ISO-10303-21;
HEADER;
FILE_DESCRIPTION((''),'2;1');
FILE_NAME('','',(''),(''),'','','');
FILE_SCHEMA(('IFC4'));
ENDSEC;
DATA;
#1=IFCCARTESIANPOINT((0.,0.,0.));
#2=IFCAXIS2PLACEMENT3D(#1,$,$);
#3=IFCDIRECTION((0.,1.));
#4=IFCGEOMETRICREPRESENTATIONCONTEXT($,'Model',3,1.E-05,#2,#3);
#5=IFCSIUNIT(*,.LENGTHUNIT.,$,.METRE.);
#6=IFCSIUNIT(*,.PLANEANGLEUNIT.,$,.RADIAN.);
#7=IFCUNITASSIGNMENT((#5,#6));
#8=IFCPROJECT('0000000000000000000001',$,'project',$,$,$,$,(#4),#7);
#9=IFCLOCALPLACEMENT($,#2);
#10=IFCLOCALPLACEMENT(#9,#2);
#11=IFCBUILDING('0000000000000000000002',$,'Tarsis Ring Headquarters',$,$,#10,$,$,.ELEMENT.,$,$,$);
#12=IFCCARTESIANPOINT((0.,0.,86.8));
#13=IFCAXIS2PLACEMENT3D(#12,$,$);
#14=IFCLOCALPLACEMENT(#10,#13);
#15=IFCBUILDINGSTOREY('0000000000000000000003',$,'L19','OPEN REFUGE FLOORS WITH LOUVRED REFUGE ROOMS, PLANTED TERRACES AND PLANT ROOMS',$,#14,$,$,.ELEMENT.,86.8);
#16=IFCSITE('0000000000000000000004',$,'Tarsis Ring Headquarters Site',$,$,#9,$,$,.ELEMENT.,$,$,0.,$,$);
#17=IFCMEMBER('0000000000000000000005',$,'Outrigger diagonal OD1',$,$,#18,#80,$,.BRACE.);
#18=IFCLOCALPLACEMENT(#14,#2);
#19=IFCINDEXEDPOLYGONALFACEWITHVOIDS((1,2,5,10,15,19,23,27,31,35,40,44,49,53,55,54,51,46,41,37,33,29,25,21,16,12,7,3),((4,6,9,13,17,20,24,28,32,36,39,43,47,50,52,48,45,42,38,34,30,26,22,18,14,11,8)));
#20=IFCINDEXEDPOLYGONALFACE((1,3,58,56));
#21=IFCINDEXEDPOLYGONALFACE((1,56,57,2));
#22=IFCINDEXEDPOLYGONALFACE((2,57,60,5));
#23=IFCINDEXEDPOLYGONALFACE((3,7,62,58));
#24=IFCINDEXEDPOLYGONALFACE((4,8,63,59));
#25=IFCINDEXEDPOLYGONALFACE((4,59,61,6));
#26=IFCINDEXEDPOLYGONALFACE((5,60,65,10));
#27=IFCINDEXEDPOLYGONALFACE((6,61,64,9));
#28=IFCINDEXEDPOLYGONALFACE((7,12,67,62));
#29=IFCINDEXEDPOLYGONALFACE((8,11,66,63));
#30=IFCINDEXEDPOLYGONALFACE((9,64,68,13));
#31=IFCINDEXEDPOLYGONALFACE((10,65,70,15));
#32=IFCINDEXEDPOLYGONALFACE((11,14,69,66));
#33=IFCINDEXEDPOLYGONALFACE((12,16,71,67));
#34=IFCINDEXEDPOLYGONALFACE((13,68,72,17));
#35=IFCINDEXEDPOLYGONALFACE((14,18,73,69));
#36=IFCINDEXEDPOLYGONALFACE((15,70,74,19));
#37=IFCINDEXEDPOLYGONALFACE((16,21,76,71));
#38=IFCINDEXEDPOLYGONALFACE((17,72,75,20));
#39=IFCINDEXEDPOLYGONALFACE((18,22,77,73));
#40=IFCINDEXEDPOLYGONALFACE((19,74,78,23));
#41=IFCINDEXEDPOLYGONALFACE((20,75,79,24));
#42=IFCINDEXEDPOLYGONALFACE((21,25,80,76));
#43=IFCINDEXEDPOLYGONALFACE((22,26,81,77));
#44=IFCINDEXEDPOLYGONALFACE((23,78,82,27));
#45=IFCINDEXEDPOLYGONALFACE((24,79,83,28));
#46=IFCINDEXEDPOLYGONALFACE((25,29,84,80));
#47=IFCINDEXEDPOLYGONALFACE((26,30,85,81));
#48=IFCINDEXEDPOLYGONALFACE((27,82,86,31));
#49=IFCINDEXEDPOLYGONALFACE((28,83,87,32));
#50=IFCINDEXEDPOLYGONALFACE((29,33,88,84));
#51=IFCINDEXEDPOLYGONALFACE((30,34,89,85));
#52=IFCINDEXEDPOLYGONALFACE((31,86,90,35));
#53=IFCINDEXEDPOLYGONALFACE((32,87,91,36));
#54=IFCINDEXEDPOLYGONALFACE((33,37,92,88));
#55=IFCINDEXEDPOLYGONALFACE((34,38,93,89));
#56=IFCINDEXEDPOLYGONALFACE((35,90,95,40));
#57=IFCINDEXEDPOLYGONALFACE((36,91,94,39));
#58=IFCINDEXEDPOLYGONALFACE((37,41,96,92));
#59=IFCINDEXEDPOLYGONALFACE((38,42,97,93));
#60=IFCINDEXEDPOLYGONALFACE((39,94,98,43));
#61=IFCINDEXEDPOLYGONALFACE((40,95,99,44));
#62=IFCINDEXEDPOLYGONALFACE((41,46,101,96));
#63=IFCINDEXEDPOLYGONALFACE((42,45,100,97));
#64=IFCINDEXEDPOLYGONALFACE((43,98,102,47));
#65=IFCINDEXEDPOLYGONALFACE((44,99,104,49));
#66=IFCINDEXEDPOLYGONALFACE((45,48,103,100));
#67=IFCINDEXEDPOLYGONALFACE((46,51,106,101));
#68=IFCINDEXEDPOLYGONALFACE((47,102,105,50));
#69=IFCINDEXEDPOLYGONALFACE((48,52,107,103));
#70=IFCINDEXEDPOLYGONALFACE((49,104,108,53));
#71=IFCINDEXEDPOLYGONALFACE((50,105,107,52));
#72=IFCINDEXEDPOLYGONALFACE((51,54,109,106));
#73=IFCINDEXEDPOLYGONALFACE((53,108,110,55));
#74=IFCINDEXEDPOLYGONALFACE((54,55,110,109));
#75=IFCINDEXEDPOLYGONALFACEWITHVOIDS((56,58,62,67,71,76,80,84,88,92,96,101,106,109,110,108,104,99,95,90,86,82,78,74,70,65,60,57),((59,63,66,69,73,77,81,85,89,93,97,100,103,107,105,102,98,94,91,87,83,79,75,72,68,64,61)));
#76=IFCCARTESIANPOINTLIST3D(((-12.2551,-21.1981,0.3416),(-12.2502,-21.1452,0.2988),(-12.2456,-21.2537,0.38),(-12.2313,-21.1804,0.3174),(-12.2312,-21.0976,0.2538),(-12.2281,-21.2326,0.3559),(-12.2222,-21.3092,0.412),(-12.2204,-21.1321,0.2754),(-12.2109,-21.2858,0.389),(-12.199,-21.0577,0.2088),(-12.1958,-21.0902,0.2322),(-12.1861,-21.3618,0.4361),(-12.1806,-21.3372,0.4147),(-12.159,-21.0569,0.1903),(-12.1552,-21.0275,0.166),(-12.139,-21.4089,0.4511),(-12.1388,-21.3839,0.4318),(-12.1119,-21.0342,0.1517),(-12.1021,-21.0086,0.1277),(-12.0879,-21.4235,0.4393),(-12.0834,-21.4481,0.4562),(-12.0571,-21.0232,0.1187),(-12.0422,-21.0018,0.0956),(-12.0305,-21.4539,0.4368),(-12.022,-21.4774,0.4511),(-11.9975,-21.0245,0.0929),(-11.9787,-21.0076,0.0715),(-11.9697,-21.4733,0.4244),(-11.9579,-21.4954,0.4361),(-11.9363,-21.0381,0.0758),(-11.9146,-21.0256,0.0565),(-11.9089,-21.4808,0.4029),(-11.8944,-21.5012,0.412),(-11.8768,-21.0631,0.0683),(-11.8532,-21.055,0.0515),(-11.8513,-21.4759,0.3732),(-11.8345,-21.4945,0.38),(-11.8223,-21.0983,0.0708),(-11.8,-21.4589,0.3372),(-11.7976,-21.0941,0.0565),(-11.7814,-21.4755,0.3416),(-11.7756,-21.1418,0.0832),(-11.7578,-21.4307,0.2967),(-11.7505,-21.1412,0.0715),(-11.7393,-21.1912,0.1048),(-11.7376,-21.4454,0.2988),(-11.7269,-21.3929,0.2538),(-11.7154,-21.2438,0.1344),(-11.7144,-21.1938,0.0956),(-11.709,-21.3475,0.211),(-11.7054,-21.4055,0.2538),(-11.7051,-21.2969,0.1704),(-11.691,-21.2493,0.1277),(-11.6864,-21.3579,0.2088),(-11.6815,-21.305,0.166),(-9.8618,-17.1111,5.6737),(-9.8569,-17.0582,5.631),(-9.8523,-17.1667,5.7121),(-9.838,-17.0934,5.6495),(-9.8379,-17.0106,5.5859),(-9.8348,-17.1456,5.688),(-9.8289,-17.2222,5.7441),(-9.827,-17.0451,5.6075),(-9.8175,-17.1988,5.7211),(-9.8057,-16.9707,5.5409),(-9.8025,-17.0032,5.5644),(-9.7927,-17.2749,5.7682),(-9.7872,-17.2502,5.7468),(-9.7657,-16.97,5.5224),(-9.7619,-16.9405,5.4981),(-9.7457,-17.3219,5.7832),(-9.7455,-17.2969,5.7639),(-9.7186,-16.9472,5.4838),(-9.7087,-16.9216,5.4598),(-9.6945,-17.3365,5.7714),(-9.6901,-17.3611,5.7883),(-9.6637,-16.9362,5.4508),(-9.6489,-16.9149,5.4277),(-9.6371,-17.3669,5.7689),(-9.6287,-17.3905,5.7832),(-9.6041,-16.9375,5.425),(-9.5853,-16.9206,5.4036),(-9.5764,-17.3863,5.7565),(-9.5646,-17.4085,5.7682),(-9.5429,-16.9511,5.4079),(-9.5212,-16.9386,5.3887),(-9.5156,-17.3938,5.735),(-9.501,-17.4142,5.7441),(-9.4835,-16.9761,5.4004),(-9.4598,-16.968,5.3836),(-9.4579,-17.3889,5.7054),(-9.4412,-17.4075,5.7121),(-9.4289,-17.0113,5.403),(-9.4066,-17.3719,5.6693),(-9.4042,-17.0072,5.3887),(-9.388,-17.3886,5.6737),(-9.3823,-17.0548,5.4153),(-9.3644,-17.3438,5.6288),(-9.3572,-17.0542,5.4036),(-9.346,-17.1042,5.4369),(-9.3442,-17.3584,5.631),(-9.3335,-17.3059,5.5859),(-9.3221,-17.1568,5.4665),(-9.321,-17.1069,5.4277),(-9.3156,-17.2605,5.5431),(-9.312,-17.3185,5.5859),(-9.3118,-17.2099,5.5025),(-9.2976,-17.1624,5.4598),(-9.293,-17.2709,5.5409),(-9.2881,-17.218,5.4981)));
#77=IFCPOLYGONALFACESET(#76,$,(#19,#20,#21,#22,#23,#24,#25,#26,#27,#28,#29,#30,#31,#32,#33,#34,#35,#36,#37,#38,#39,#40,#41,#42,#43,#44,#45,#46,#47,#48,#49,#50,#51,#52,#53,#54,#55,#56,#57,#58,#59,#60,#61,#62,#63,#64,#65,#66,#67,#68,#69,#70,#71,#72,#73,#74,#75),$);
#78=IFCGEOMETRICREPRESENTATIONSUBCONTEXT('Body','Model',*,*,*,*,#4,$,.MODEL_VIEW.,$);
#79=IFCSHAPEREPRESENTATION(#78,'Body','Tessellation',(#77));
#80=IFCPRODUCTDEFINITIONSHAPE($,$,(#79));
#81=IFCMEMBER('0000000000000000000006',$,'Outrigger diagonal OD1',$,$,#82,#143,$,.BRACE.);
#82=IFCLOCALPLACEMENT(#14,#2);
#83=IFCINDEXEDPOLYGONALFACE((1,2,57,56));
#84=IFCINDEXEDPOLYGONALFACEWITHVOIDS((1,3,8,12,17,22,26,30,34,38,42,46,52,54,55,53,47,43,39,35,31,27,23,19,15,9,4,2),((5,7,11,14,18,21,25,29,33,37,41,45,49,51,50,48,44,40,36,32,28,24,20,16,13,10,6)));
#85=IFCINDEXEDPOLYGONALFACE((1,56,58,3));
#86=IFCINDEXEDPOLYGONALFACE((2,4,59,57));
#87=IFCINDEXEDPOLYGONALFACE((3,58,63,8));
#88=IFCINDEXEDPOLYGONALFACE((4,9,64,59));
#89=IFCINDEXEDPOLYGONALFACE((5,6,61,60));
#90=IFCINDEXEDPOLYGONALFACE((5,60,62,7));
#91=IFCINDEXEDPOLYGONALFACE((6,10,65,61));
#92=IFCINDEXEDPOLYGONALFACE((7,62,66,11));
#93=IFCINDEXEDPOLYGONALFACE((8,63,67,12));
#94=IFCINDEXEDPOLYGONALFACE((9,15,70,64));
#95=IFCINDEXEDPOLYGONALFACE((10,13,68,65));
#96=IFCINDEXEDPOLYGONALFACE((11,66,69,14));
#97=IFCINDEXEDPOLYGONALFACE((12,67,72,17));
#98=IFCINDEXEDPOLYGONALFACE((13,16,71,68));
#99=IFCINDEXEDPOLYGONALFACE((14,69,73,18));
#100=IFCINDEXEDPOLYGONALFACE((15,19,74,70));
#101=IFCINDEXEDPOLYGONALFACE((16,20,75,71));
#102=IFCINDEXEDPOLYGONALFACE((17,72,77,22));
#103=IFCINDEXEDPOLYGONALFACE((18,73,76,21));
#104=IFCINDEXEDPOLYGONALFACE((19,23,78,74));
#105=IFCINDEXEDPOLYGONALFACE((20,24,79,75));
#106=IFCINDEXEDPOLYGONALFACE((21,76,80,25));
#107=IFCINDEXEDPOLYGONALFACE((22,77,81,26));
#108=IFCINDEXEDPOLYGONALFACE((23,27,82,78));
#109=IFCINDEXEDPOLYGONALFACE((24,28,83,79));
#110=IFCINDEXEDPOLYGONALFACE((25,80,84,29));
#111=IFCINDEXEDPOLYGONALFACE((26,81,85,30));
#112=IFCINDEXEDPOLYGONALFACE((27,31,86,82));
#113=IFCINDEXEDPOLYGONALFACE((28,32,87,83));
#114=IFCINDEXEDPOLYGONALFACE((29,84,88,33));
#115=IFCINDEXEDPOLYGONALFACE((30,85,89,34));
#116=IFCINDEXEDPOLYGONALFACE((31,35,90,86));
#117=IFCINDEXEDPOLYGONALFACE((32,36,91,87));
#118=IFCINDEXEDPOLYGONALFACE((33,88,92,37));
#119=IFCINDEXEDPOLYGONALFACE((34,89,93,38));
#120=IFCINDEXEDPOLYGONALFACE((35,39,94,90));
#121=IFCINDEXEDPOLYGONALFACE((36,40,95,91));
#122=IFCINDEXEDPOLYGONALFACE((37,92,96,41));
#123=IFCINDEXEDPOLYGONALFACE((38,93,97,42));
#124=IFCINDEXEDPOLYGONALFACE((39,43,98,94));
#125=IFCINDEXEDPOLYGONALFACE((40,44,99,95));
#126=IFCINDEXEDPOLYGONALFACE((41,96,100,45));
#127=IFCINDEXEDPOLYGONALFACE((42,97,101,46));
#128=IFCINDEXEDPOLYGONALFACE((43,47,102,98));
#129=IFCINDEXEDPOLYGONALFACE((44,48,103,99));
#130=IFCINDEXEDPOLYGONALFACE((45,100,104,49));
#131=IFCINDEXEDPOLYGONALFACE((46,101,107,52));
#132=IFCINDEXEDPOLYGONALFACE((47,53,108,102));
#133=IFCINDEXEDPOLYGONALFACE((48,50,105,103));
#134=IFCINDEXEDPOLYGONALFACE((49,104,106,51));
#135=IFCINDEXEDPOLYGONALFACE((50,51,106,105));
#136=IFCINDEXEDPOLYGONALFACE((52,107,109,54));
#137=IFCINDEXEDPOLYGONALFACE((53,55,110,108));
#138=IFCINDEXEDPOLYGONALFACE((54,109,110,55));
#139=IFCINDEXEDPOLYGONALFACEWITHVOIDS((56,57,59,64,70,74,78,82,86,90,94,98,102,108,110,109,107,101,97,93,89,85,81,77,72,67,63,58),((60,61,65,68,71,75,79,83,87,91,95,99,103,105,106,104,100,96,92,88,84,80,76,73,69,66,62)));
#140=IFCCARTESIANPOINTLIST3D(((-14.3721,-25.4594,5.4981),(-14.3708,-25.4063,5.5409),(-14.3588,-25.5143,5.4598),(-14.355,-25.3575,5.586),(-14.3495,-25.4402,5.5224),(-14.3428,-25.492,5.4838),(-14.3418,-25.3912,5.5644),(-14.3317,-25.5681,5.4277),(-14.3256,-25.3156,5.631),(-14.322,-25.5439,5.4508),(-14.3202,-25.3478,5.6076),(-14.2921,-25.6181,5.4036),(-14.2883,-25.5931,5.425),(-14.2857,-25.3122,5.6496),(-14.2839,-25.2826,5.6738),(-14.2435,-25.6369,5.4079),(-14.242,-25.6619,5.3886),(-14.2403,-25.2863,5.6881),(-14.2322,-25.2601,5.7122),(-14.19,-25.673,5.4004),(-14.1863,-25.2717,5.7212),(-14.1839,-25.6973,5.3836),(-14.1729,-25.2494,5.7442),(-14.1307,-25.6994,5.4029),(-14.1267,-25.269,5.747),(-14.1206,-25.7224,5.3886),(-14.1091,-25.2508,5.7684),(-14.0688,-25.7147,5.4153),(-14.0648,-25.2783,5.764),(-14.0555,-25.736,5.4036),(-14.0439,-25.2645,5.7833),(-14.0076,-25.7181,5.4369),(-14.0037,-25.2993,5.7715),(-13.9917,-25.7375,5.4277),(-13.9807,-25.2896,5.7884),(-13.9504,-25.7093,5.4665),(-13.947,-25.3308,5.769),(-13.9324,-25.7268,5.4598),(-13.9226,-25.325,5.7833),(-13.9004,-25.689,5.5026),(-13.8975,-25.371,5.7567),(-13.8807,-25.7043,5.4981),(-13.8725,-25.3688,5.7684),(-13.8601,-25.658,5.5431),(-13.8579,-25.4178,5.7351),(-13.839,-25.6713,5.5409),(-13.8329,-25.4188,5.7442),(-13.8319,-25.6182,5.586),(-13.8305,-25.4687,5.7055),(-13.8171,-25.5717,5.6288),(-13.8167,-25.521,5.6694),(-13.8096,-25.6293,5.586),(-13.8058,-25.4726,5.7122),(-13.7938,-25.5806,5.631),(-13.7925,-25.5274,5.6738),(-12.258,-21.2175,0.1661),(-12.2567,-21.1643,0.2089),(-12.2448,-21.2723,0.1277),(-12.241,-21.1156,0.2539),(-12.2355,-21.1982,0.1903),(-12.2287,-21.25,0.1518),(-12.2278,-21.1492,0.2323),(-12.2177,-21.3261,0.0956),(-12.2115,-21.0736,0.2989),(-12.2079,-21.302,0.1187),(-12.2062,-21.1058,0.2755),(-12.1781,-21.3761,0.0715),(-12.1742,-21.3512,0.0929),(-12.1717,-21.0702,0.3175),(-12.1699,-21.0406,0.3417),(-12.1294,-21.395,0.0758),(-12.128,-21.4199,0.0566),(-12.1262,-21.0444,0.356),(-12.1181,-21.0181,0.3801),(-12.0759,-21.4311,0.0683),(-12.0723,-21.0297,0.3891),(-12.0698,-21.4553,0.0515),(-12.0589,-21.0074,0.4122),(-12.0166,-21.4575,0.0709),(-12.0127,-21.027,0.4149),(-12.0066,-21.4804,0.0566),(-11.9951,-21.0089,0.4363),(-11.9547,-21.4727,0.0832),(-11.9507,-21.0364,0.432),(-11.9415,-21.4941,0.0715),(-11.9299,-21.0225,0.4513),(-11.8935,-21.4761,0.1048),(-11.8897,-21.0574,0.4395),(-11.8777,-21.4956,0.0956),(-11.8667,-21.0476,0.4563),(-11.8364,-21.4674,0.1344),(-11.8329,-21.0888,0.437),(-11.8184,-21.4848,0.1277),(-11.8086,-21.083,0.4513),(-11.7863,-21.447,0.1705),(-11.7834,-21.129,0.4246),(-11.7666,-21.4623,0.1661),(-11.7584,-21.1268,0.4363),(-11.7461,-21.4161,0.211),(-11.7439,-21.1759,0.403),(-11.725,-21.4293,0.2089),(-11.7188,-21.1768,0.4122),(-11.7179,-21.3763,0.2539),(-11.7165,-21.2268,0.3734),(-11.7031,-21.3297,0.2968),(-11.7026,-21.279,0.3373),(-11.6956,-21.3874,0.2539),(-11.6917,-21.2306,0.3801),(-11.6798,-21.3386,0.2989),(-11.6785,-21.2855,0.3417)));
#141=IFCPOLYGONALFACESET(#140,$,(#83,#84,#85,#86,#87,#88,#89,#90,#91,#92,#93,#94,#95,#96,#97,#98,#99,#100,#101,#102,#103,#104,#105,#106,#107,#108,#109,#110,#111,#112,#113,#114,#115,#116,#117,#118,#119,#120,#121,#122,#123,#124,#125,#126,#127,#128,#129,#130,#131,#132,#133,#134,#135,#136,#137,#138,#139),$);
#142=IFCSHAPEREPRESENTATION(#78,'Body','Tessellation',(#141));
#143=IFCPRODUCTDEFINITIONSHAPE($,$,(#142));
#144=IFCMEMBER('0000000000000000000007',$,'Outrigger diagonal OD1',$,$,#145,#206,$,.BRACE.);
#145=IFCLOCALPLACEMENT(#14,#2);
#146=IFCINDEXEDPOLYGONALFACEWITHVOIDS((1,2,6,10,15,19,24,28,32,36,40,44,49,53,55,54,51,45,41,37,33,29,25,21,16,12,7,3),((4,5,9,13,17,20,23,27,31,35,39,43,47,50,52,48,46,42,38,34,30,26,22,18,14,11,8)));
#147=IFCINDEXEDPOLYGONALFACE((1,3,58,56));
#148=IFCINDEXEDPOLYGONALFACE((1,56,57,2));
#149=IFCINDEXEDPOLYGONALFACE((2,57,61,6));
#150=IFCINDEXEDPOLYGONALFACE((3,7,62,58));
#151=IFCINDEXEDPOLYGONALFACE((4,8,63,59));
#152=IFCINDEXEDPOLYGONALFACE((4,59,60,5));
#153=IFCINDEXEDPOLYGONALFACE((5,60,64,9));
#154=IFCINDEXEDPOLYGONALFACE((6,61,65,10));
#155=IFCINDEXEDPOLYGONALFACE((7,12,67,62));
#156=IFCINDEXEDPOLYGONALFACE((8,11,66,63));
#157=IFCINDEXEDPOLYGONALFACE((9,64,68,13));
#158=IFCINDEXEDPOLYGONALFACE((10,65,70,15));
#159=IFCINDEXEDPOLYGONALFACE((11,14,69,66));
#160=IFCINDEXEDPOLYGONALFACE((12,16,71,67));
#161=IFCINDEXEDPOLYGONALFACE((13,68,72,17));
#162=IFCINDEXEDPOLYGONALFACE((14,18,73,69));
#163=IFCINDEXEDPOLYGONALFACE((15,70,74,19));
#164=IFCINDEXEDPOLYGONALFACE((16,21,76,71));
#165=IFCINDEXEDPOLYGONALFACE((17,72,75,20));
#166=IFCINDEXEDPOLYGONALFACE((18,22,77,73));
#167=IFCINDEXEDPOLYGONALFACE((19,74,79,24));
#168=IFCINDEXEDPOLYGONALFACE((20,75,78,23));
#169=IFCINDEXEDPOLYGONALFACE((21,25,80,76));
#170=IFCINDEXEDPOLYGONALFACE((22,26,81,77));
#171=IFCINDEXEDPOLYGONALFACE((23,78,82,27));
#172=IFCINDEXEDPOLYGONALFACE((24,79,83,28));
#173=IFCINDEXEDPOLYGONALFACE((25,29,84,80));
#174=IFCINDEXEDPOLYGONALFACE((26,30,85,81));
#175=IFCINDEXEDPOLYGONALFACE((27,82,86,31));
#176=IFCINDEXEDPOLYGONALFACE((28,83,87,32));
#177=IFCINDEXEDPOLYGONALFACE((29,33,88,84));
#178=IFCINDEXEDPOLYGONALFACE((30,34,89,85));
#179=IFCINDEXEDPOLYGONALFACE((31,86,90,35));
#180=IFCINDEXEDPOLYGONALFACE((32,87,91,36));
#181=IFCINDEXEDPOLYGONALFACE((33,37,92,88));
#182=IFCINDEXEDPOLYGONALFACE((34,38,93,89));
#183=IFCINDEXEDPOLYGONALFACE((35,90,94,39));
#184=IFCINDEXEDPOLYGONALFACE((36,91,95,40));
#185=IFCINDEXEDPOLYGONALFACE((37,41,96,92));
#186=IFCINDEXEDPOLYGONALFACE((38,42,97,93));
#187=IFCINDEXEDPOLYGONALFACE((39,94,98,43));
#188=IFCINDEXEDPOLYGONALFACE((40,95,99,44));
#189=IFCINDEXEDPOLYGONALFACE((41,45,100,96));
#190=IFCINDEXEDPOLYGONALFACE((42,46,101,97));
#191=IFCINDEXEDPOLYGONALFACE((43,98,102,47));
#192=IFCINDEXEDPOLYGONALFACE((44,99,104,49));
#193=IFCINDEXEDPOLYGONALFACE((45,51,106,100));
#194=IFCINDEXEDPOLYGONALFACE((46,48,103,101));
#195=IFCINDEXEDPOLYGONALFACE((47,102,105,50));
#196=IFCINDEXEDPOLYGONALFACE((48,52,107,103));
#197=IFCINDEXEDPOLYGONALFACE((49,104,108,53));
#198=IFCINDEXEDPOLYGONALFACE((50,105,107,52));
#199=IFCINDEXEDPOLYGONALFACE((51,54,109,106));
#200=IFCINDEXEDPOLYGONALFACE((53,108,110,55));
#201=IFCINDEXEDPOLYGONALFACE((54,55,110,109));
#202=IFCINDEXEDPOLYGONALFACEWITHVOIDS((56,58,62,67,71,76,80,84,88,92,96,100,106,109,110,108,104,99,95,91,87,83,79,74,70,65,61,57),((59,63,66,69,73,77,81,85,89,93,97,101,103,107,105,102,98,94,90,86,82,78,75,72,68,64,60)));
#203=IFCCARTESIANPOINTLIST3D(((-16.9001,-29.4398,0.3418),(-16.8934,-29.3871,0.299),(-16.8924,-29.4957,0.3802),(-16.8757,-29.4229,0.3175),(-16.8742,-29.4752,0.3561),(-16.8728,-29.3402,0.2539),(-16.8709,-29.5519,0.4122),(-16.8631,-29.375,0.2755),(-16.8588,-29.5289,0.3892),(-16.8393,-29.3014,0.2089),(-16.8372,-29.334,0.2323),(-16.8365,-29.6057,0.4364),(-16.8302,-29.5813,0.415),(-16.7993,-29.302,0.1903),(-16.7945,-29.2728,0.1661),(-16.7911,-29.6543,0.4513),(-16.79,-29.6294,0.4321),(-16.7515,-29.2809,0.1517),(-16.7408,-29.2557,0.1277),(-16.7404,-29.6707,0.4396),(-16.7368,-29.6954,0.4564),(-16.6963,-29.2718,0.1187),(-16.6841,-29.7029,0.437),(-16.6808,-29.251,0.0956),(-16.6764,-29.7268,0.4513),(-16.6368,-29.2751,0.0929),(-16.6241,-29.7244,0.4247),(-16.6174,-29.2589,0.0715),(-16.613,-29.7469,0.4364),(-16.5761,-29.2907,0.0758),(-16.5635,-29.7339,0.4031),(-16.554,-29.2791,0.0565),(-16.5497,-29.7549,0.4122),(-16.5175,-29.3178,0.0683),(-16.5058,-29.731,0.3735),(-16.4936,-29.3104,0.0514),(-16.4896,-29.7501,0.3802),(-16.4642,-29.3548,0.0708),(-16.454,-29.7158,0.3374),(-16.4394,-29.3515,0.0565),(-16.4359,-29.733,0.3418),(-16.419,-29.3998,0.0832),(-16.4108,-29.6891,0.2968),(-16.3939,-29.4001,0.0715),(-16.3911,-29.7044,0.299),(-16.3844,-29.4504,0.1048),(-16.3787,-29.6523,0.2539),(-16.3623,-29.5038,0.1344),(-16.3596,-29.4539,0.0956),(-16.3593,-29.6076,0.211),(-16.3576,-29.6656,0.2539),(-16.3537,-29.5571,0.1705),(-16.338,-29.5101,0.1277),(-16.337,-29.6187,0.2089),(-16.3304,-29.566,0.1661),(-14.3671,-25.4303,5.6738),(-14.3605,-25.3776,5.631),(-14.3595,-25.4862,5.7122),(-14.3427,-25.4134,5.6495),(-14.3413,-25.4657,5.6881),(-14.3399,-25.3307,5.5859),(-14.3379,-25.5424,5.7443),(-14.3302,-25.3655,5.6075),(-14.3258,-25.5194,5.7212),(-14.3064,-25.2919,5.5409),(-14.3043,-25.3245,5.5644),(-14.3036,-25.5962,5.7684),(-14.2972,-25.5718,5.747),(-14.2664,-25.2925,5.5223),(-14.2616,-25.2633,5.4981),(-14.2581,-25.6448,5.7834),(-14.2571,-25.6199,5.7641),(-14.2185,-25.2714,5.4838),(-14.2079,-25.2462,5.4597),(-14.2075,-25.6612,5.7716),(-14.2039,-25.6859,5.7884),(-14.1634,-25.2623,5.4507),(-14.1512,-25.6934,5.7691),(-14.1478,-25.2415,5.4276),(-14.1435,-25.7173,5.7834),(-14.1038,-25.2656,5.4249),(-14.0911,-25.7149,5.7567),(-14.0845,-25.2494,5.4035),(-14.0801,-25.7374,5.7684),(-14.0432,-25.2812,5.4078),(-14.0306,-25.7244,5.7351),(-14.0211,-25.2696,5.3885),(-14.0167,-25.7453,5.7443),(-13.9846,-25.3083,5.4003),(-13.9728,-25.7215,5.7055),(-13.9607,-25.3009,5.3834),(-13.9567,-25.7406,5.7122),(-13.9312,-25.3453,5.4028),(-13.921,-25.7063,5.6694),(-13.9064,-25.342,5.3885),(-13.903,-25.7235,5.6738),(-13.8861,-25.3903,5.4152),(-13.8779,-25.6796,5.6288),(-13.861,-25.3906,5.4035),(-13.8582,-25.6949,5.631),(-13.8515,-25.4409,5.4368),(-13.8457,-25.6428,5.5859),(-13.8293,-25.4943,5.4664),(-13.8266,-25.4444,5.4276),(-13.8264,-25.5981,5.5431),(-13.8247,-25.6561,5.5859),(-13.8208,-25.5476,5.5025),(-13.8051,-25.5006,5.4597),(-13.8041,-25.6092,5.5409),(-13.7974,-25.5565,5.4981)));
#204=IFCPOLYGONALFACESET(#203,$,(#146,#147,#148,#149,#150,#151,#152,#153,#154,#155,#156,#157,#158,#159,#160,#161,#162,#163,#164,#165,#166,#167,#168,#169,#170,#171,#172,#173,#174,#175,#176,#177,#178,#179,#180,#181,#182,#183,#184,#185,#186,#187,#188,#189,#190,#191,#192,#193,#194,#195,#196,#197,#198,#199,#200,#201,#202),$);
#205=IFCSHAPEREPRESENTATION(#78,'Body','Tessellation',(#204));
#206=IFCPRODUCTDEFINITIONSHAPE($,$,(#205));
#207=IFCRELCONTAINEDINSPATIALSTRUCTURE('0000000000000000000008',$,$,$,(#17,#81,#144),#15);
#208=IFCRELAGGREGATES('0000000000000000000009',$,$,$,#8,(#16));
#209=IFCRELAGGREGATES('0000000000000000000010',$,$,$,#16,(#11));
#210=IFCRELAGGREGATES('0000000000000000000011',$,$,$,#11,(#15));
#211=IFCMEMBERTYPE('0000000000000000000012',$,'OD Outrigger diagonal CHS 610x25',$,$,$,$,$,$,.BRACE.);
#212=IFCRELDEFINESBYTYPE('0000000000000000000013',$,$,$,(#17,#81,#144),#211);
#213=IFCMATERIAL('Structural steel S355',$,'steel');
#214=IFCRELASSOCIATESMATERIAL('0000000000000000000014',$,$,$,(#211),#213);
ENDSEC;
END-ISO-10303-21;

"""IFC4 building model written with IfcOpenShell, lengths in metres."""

from ifc_helpers import new_model, si_unit, direction, frame, origin, origin_2d, place, context, subcontext, project, spatial, hollow_circle, extrude, material, material_profile, profile_set, type_object, element, save


model = new_model("IFC4")

# Units and contexts
model_context = context("Model", 3, precision=1e-05, world=origin(), true_north=direction((0.0, 1.0)))
body_context = subcontext(model_context, "Body", "Model", "MODEL_VIEW")
ifc_project = project(units=[si_unit("LENGTHUNIT", "METRE"), si_unit("PLANEANGLEUNIT", "RADIAN")], contexts=[model_context])

# Site, building, storey
site_placement = place(None, origin())
site = spatial("IfcSite", under=ifc_project, at=site_placement, Name="Tarsis Ring Headquarters Site", CompositionType="ELEMENT", RefElevation=0.0)
building_placement = place(site_placement, origin())
building = spatial("IfcBuilding", under=site, at=building_placement, Name="Tarsis Ring Headquarters", CompositionType="ELEMENT")
storey_placement = place(building_placement, frame((0.0, 0.0, 86.8)))
storey = spatial("IfcBuildingStorey", under=building, at=storey_placement, Name="L19", Description="OPEN REFUGE FLOORS WITH LOUVRED REFUGE ROOMS, PLANTED TERRACES AND PLANT ROOMS", CompositionType="ELEMENT", Elevation=86.8)

# Shared definitions
ifc_material_1 = material(Name="Structural steel S355", Category="steel")

# Members
ifc_material_profile_1 = material_profile(ifc_material_1, hollow_circle(Radius=0.3047, WallThickness=0.0249, at=origin_2d()), Name="CHS 610x25")
ifc_profile_set_1 = profile_set([ifc_material_profile_1], Name="Structural steel S355")
member_type_1 = type_object("IfcMemberType", Name="OD Outrigger diagonal CHS 610x25", PredefinedType="BRACE", material=ifc_profile_set_1)
member_1_placement = place(storey_placement, frame((-9.575, -17.1646, 5.5859), z_axis=(-0.335587, -0.573062, -0.747651), x_axis=(0.862925, -0.505332, 0.0)))
element("IfcMember", 1, at=member_1_placement, inside=storey, type_object=member_type_1, Name="Outrigger diagonal OD1", PredefinedType="BRACE", context=body_context, shape_type="SweptSolid", body=[
    extrude(hollow_circle(Radius=0.3047, WallThickness=0.0249, at=origin_2d()), origin(), (0.0, 0.0, 1.0), 7.1318),
])
member_2_placement = place(storey_placement, frame((-11.9683, -21.2515, 0.2539), z_axis=(-0.29633, -0.594611, 0.747413), x_axis=(0.895014, -0.446039, 0.0)))
element("IfcMember", 2, at=member_2_placement, inside=storey, type_object=member_type_1, Name="Outrigger diagonal OD1", PredefinedType="BRACE", context=body_context, shape_type="SweptSolid", body=[
    extrude(hollow_circle(Radius=0.3047, WallThickness=0.0249, at=origin_2d()), origin(), (0.0, 0.0, 1.0), 7.134),
])
member_3_placement = place(storey_placement, frame((-14.0823, -25.4934, 5.5859), z_axis=(-0.354954, -0.561871, -0.7472), x_axis=(0.845429, -0.534088, 0.0)))
element("IfcMember", 3, at=member_3_placement, inside=storey, type_object=member_type_1, Name="Outrigger diagonal OD1", PredefinedType="BRACE", context=body_context, shape_type="SweptSolid", body=[
    extrude(hollow_circle(Radius=0.3047, WallThickness=0.0249, at=origin_2d()), origin(), (0.0, 0.0, 1.0), 7.136),
])

save(model, "model.ifc")
